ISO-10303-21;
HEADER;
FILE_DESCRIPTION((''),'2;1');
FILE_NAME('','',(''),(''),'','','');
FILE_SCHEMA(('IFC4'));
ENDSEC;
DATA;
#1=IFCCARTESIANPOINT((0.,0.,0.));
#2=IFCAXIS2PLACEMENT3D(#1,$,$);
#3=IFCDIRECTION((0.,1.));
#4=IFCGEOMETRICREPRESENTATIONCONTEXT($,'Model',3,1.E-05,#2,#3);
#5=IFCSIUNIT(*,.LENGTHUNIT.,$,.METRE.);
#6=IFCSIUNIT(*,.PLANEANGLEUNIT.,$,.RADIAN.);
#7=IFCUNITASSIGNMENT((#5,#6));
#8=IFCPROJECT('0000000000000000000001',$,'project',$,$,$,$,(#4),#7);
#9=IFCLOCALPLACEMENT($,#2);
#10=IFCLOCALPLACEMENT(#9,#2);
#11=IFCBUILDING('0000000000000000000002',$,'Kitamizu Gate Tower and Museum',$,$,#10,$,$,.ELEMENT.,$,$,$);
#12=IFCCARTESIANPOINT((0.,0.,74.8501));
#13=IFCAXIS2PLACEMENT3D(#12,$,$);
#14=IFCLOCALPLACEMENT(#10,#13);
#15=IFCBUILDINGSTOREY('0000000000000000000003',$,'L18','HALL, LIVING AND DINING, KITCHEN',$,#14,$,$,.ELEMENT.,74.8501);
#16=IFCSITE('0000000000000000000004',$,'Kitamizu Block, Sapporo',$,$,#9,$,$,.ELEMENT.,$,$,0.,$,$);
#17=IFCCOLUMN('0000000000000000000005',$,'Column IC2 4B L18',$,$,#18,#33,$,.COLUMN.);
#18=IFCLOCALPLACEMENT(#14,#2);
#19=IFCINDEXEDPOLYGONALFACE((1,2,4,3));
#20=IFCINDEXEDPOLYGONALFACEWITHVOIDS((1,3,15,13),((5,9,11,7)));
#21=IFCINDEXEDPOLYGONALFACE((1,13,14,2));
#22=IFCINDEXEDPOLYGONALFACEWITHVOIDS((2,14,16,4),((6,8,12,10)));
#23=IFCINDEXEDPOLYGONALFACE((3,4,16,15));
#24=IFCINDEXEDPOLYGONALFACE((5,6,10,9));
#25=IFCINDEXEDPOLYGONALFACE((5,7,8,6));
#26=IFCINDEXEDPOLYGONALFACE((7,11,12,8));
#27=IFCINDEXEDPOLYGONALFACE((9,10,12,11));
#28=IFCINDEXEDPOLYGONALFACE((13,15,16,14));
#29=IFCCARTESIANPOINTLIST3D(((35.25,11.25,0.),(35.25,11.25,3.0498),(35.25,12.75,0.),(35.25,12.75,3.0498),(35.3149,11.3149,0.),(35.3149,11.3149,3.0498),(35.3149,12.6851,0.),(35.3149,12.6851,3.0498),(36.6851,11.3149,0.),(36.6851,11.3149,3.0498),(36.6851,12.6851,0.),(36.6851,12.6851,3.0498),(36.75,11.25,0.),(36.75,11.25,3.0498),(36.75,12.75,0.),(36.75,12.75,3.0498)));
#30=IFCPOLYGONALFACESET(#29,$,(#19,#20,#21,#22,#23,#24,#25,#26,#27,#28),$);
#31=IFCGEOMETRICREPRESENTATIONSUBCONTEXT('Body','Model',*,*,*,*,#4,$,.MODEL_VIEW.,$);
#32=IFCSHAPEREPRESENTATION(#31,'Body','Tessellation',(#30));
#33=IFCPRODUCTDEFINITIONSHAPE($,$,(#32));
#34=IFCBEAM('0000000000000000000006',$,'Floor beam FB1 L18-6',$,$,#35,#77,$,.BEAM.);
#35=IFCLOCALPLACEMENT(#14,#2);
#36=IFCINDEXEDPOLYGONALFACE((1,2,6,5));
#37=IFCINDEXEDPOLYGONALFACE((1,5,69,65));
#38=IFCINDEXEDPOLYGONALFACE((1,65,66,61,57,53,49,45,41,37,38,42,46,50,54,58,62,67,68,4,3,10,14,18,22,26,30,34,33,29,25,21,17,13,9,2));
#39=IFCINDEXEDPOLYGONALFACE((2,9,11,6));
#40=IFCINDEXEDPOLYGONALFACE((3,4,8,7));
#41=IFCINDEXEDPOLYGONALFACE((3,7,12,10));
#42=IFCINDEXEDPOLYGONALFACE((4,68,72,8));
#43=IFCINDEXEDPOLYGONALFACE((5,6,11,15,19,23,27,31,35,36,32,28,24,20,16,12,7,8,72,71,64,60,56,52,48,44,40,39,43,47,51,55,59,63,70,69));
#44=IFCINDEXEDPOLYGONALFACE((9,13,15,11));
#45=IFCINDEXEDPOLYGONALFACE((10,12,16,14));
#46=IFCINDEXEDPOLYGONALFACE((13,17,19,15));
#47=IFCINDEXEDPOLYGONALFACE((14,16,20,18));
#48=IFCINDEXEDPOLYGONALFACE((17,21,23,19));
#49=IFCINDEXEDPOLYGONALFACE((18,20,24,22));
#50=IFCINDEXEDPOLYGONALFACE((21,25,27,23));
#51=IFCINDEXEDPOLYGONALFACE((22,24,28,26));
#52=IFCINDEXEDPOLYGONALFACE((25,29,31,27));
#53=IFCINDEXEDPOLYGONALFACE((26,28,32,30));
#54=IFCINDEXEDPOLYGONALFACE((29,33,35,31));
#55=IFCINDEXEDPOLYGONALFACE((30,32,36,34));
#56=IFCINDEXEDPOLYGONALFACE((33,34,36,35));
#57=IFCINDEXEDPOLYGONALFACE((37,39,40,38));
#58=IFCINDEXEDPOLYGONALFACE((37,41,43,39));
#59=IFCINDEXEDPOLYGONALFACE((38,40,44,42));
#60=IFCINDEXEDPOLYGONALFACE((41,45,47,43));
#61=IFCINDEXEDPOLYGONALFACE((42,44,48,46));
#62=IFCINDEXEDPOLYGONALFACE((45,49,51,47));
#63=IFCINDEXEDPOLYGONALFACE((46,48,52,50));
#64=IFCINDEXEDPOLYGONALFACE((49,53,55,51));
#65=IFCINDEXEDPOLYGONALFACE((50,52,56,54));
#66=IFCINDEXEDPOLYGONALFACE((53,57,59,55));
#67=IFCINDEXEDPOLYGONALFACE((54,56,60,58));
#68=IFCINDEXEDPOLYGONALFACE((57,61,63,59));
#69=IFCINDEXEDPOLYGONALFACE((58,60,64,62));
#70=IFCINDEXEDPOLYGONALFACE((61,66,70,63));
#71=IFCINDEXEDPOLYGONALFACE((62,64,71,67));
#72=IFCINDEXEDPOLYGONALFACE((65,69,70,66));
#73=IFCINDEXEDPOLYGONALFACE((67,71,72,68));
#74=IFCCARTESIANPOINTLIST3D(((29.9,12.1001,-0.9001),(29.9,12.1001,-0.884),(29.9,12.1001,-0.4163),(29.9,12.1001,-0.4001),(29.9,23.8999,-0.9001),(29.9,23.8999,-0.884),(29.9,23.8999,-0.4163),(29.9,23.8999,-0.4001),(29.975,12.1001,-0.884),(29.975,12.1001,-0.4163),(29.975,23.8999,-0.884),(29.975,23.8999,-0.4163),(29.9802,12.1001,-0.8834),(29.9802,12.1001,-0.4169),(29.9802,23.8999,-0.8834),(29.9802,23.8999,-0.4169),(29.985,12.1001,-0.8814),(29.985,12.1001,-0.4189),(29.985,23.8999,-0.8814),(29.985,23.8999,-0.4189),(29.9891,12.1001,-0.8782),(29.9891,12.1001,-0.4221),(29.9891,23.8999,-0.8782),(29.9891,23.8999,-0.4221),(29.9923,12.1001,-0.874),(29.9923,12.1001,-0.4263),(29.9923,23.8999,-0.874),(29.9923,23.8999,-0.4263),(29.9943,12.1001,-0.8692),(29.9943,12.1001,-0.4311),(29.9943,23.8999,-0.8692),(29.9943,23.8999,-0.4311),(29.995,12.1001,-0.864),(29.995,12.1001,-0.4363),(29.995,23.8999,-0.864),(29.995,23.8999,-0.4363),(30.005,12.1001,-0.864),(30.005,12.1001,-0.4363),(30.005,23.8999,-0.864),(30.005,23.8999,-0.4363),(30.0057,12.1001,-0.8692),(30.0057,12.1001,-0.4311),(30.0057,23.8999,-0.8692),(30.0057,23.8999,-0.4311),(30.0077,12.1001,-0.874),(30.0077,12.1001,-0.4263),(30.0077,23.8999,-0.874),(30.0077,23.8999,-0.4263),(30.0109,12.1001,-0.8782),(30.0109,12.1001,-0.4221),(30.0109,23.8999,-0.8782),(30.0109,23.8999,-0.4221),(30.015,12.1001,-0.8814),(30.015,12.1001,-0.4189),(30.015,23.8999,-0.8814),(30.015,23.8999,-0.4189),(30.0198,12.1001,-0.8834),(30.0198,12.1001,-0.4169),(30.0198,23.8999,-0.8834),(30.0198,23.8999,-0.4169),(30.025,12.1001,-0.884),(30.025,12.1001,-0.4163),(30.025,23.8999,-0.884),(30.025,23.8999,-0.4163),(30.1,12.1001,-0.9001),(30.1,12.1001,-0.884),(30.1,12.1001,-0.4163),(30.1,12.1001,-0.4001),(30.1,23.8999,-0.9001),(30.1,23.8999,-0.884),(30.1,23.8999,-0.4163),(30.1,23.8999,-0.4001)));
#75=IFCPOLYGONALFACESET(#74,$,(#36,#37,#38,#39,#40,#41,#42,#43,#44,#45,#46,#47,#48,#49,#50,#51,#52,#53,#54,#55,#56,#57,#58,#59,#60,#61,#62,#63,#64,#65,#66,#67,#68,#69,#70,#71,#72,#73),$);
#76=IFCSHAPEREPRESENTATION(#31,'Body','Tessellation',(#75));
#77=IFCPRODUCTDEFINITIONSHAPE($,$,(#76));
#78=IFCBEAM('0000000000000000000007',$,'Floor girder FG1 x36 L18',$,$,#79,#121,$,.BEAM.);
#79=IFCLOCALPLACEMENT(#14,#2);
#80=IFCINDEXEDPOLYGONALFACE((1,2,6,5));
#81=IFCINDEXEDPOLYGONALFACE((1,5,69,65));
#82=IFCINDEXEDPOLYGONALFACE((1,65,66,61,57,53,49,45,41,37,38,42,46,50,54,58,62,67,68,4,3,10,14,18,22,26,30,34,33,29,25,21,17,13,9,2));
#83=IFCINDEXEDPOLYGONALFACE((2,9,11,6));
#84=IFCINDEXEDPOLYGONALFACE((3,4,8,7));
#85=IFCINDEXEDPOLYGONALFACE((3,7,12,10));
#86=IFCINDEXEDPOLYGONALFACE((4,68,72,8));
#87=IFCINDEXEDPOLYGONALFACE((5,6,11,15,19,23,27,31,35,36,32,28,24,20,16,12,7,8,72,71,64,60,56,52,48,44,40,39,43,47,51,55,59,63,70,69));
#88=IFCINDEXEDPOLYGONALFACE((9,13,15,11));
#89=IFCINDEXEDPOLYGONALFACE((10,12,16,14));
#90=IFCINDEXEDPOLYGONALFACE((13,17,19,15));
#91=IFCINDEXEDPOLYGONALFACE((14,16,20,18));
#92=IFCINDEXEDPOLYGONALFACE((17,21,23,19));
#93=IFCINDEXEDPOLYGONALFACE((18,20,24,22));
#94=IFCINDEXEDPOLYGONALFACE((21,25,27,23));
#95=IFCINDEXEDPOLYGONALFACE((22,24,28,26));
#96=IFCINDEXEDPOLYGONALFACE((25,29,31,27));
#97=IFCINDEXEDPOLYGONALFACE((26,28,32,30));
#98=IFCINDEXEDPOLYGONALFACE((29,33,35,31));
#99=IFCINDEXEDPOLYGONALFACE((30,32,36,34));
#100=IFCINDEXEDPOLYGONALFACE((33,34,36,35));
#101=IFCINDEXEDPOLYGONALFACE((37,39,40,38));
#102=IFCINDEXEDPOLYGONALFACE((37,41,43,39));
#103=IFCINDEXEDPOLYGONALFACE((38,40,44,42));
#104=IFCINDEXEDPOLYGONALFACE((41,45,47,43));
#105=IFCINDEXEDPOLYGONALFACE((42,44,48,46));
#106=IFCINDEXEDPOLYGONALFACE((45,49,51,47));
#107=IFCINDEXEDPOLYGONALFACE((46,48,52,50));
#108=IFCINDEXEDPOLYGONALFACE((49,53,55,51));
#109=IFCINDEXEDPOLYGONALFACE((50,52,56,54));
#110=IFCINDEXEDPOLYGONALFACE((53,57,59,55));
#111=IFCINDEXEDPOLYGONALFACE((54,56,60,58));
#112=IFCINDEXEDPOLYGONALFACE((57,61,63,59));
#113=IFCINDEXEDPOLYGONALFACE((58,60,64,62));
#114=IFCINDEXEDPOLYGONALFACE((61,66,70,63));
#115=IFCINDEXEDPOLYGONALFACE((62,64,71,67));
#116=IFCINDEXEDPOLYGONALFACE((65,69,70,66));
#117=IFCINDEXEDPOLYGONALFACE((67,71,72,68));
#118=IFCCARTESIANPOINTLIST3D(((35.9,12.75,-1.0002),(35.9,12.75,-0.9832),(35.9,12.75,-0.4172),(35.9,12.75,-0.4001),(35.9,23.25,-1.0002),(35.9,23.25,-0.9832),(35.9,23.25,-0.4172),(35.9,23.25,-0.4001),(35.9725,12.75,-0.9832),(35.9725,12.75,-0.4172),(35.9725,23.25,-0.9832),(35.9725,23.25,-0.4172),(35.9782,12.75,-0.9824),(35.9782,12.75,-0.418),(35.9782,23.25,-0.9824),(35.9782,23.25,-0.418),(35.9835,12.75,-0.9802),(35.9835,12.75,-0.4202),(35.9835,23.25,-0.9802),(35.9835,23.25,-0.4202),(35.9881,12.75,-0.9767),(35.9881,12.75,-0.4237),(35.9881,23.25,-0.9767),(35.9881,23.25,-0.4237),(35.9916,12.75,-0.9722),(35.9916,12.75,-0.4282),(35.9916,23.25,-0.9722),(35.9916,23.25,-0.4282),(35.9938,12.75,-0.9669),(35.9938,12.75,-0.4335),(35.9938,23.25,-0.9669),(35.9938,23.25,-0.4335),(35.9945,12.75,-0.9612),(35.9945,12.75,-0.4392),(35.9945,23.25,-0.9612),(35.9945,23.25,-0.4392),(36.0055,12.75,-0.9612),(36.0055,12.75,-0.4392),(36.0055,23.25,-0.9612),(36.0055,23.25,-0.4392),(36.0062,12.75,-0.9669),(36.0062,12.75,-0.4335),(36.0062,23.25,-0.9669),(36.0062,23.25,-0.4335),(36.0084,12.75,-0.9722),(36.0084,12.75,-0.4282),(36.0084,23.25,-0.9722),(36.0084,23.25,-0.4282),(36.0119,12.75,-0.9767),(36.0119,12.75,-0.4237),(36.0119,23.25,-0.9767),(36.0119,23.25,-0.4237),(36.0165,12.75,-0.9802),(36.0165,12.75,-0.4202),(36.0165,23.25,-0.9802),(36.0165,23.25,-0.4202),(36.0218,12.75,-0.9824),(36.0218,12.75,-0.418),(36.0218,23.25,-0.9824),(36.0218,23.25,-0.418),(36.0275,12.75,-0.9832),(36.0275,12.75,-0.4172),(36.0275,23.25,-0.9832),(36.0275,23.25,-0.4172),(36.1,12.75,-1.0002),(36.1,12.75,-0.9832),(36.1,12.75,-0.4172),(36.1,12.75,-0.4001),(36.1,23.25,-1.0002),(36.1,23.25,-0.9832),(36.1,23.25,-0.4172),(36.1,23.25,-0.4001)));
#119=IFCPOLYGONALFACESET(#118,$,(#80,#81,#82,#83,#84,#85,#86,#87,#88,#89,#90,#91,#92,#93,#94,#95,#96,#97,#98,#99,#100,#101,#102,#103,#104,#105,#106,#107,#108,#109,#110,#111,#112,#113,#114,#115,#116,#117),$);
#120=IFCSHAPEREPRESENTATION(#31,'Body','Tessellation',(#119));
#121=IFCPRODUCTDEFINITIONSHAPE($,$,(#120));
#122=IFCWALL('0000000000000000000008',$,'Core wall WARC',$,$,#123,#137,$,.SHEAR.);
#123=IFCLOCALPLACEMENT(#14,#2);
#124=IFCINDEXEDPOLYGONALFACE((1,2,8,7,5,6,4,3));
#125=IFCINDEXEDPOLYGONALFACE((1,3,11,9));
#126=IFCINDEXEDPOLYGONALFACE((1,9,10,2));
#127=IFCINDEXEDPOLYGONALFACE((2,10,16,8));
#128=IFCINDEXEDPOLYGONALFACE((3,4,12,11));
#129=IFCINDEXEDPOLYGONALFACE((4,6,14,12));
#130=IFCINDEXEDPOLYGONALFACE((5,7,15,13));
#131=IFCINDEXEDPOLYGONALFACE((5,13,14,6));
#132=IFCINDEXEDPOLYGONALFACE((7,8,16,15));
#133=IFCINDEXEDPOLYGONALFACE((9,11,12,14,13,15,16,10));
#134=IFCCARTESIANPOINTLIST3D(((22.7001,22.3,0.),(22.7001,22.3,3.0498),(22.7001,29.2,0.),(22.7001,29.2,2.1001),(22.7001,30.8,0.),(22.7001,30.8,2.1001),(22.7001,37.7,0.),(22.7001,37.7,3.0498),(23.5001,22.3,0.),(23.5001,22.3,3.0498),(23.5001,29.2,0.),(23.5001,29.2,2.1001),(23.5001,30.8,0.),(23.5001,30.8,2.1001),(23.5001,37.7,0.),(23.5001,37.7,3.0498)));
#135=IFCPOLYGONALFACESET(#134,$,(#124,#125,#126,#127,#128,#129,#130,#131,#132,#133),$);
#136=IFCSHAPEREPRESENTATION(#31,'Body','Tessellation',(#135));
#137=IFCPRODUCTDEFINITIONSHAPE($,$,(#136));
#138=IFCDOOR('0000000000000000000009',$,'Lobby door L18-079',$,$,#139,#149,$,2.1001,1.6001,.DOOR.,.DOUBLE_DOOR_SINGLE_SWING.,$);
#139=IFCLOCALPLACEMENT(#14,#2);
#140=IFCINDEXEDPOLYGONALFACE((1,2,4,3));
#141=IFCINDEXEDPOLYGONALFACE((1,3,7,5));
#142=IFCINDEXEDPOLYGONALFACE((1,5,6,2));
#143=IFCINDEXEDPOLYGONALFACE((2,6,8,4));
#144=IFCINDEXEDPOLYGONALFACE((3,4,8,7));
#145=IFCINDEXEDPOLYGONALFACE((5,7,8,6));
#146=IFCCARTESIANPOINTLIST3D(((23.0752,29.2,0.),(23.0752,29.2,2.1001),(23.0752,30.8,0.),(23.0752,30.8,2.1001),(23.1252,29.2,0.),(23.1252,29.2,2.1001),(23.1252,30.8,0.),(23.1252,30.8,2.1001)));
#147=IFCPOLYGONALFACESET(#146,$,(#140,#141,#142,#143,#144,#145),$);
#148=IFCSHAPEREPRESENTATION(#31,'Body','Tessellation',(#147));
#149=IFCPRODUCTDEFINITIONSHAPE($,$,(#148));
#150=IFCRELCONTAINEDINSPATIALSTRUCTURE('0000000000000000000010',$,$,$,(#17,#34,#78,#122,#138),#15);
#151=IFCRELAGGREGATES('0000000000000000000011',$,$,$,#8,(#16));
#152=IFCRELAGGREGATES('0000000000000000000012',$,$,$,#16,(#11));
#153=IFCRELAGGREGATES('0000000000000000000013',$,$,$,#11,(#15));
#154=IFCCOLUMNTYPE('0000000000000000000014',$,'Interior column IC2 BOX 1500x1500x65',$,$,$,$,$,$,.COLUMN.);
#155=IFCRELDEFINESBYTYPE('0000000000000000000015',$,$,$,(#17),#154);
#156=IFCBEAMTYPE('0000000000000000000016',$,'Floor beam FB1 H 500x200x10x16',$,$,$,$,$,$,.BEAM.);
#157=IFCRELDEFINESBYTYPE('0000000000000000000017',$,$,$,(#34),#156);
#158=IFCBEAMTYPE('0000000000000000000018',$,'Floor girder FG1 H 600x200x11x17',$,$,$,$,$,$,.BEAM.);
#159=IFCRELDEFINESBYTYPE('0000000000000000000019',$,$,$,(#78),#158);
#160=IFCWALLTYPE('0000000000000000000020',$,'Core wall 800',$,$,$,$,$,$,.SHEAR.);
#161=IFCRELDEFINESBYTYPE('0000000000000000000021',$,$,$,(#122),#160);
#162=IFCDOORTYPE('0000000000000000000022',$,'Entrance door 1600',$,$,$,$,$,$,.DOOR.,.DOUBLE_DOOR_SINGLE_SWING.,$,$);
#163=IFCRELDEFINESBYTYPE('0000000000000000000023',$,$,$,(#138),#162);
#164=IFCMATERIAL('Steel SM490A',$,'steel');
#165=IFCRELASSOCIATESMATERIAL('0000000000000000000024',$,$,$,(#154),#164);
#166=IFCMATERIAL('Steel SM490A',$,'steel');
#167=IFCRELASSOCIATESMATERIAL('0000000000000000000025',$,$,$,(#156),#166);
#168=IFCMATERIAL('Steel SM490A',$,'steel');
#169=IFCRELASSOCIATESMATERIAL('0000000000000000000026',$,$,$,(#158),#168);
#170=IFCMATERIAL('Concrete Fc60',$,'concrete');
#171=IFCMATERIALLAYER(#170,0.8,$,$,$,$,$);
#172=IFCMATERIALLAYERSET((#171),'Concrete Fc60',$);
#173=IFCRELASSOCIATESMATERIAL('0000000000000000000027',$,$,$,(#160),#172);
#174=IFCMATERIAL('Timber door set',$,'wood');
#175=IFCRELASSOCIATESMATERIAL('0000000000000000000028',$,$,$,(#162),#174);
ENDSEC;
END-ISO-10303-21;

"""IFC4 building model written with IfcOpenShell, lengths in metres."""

from ifc_helpers import new_model, si_unit, direction, frame, frame_2d, origin, origin_2d, place, context, subcontext, project, spatial, rectangle, hollow_rectangle, i_section, extrude, material, layer, layer_set, material_profile, profile_set, type_object, element, fill, save


model = new_model("IFC4")

# Units and contexts
model_context = context("Model", 3, precision=1e-05, world=origin(), true_north=direction((0.0, 1.0)))
body_context = subcontext(model_context, "Body", "Model", "MODEL_VIEW")
ifc_project = project(units=[si_unit("LENGTHUNIT", "METRE"), si_unit("PLANEANGLEUNIT", "RADIAN")], contexts=[model_context])

# Site, building, storey
site_placement = place(None, origin())
site = spatial("IfcSite", under=ifc_project, at=site_placement, Name="Kitamizu Block, Sapporo", CompositionType="ELEMENT", RefElevation=0.0)
building_placement = place(site_placement, origin())
building = spatial("IfcBuilding", under=site, at=building_placement, Name="Kitamizu Gate Tower and Museum", CompositionType="ELEMENT")
storey_placement = place(building_placement, frame((0.0, 0.0, 74.8501)))
storey = spatial("IfcBuildingStorey", under=building, at=storey_placement, Name="L18", Description="HALL, LIVING AND DINING, KITCHEN", CompositionType="ELEMENT", Elevation=74.8501)

# Column
ifc_material_1 = material(Name="Steel SM490A", Category="steel")
ifc_material_profile_1 = material_profile(ifc_material_1, hollow_rectangle(XDim=1.5, YDim=1.5, WallThickness=0.0649, at=origin_2d()), Name="BOX 1500x1500x65")
ifc_profile_set_1 = profile_set([ifc_material_profile_1], Name="Steel SM490A")
column_type = type_object("IfcColumnType", Name="Interior column IC2 BOX 1500x1500x65", PredefinedType="COLUMN", material=ifc_profile_set_1)
column_placement = place(storey_placement, frame((36.0, 12.0, 0.0), z_axis=(0.0, 0.0, 1.0), x_axis=(1.0, 0.0, 0.0)))
element("IfcColumn", 1, at=column_placement, inside=storey, type_object=column_type, Name="Column IC2 4B L18", PredefinedType="COLUMN", context=body_context, shape_type="SweptSolid", body=[
    extrude(hollow_rectangle(XDim=1.5, YDim=1.5, WallThickness=0.0649, at=origin_2d()), origin(), (0.0, 0.0, 1.0), 3.0498),
])

# Beams
ifc_material_2 = material(Name="Steel SM490A", Category="steel")
ifc_material_profile_2 = material_profile(ifc_material_2, i_section(OverallWidth=0.2, OverallDepth=0.5, WebThickness=0.01, FlangeThickness=0.0161, FilletRadius=0.02, at=origin_2d()), Name="H-500x200x10x16")
ifc_profile_set_2 = profile_set([ifc_material_profile_2], Name="Steel SM490A")
beam_type_1 = type_object("IfcBeamType", Name="Floor beam FB1 H 500x200x10x16", PredefinedType="BEAM", material=ifc_profile_set_2)
beam_1_placement = place(storey_placement, frame((30.0, 12.1001, -0.6501), z_axis=(0.0, 1.0, 0.0), x_axis=(-1.0, 0.0, 0.0)))
element("IfcBeam", 2, at=beam_1_placement, inside=storey, type_object=beam_type_1, Name="Floor beam FB1 L18-6", PredefinedType="BEAM", context=body_context, shape_type="SweptSolid", body=[
    extrude(i_section(OverallWidth=0.2, OverallDepth=0.5, WebThickness=0.01, FlangeThickness=0.0161, FilletRadius=0.02, at=origin_2d()), origin(), (0.0, 0.0, 1.0), 11.7998),
])
ifc_material_3 = material(Name="Steel SM490A", Category="steel")
ifc_material_profile_3 = material_profile(ifc_material_3, i_section(OverallWidth=0.2, OverallDepth=0.6001, WebThickness=0.011, FlangeThickness=0.0171, FilletRadius=0.022, at=origin_2d()), Name="H-600x200x11x17")
ifc_profile_set_3 = profile_set([ifc_material_profile_3], Name="Steel SM490A")
beam_type_2 = type_object("IfcBeamType", Name="Floor girder FG1 H 600x200x11x17", PredefinedType="BEAM", material=ifc_profile_set_3)
beam_2_placement = place(storey_placement, frame((36.0, 12.75, -0.7002), z_axis=(0.0, 1.0, 0.0), x_axis=(-1.0, 0.0, 0.0)))
element("IfcBeam", 3, at=beam_2_placement, inside=storey, type_object=beam_type_2, Name="Floor girder FG1 x36 L18", PredefinedType="BEAM", context=body_context, shape_type="SweptSolid", body=[
    extrude(i_section(OverallWidth=0.2, OverallDepth=0.6001, WebThickness=0.011, FlangeThickness=0.0171, FilletRadius=0.022, at=origin_2d()), origin(), (0.0, 0.0, 1.0), 10.5),
])

# Wall, opening, door
ifc_material_4 = material(Name="Concrete Fc60", Category="concrete")
ifc_layer_1 = layer(ifc_material_4, 0.8)
ifc_layer_set_1 = layer_set([ifc_layer_1], Name="Concrete Fc60")
wall_type_1 = type_object("IfcWallType", Name="Core wall 800", PredefinedType="SHEAR", material=ifc_layer_set_1)
wall_1_placement = place(storey_placement, frame((23.1001, 22.3, 0.0), z_axis=(0.0, 0.0, 1.0), x_axis=(0.0, 1.0, 0.0)))
wall_1 = element("IfcWall", 4, at=wall_1_placement, inside=storey, type_object=wall_type_1, Name="Core wall WARC", PredefinedType="SHEAR", context=body_context, shape_type="SweptSolid", body=[
    extrude(rectangle(XDim=15.3999, YDim=0.8, at=frame_2d((7.7, 0.0))), origin(), (0.0, 0.0, 1.0), 3.0498),
])
opening_1_placement = place(wall_1_placement, frame((6.8999, 0.0, 0.0)))
opening_1 = element("IfcOpeningElement", 5, at=opening_1_placement, cuts=wall_1, PredefinedType="OPENING", context=body_context, shape_type="SweptSolid", body=[
    extrude(rectangle(XDim=1.6001, YDim=2.1001, at=frame_2d((0.8, 1.05))), frame((0.0, 0.4102, 0.0), z_axis=(0.0, -1.0, 0.0), x_axis=(1.0, 0.0, 0.0)), (0.0, 0.0, 1.0), 0.8201),
])
ifc_material_5 = material(Name="Timber door set", Category="wood")
door_type_1 = type_object("IfcDoorType", Name="Entrance door 1600", OperationType="DOUBLE_DOOR_SINGLE_SWING", PredefinedType="DOOR", material=ifc_material_5)
door_1_placement = place(opening_1_placement, origin())
door_1 = element("IfcDoor", 6, at=door_1_placement, inside=storey, type_object=door_type_1, Name="Lobby door L18-079", OperationType="DOUBLE_DOOR_SINGLE_SWING", OverallHeight=2.1001, OverallWidth=1.6001, PredefinedType="DOOR", context=body_context, shape_type="SweptSolid", body=[
    extrude(rectangle(XDim=1.6001, YDim=2.1001, at=frame_2d((0.8, 1.05))), frame((0.0, 0.0249, 0.0), z_axis=(0.0, -1.0, 0.0), x_axis=(1.0, 0.0, 0.0)), (0.0, 0.0, 1.0), 0.05),
])
fill(opening_1, door_1)

save(model, "model.ifc")
